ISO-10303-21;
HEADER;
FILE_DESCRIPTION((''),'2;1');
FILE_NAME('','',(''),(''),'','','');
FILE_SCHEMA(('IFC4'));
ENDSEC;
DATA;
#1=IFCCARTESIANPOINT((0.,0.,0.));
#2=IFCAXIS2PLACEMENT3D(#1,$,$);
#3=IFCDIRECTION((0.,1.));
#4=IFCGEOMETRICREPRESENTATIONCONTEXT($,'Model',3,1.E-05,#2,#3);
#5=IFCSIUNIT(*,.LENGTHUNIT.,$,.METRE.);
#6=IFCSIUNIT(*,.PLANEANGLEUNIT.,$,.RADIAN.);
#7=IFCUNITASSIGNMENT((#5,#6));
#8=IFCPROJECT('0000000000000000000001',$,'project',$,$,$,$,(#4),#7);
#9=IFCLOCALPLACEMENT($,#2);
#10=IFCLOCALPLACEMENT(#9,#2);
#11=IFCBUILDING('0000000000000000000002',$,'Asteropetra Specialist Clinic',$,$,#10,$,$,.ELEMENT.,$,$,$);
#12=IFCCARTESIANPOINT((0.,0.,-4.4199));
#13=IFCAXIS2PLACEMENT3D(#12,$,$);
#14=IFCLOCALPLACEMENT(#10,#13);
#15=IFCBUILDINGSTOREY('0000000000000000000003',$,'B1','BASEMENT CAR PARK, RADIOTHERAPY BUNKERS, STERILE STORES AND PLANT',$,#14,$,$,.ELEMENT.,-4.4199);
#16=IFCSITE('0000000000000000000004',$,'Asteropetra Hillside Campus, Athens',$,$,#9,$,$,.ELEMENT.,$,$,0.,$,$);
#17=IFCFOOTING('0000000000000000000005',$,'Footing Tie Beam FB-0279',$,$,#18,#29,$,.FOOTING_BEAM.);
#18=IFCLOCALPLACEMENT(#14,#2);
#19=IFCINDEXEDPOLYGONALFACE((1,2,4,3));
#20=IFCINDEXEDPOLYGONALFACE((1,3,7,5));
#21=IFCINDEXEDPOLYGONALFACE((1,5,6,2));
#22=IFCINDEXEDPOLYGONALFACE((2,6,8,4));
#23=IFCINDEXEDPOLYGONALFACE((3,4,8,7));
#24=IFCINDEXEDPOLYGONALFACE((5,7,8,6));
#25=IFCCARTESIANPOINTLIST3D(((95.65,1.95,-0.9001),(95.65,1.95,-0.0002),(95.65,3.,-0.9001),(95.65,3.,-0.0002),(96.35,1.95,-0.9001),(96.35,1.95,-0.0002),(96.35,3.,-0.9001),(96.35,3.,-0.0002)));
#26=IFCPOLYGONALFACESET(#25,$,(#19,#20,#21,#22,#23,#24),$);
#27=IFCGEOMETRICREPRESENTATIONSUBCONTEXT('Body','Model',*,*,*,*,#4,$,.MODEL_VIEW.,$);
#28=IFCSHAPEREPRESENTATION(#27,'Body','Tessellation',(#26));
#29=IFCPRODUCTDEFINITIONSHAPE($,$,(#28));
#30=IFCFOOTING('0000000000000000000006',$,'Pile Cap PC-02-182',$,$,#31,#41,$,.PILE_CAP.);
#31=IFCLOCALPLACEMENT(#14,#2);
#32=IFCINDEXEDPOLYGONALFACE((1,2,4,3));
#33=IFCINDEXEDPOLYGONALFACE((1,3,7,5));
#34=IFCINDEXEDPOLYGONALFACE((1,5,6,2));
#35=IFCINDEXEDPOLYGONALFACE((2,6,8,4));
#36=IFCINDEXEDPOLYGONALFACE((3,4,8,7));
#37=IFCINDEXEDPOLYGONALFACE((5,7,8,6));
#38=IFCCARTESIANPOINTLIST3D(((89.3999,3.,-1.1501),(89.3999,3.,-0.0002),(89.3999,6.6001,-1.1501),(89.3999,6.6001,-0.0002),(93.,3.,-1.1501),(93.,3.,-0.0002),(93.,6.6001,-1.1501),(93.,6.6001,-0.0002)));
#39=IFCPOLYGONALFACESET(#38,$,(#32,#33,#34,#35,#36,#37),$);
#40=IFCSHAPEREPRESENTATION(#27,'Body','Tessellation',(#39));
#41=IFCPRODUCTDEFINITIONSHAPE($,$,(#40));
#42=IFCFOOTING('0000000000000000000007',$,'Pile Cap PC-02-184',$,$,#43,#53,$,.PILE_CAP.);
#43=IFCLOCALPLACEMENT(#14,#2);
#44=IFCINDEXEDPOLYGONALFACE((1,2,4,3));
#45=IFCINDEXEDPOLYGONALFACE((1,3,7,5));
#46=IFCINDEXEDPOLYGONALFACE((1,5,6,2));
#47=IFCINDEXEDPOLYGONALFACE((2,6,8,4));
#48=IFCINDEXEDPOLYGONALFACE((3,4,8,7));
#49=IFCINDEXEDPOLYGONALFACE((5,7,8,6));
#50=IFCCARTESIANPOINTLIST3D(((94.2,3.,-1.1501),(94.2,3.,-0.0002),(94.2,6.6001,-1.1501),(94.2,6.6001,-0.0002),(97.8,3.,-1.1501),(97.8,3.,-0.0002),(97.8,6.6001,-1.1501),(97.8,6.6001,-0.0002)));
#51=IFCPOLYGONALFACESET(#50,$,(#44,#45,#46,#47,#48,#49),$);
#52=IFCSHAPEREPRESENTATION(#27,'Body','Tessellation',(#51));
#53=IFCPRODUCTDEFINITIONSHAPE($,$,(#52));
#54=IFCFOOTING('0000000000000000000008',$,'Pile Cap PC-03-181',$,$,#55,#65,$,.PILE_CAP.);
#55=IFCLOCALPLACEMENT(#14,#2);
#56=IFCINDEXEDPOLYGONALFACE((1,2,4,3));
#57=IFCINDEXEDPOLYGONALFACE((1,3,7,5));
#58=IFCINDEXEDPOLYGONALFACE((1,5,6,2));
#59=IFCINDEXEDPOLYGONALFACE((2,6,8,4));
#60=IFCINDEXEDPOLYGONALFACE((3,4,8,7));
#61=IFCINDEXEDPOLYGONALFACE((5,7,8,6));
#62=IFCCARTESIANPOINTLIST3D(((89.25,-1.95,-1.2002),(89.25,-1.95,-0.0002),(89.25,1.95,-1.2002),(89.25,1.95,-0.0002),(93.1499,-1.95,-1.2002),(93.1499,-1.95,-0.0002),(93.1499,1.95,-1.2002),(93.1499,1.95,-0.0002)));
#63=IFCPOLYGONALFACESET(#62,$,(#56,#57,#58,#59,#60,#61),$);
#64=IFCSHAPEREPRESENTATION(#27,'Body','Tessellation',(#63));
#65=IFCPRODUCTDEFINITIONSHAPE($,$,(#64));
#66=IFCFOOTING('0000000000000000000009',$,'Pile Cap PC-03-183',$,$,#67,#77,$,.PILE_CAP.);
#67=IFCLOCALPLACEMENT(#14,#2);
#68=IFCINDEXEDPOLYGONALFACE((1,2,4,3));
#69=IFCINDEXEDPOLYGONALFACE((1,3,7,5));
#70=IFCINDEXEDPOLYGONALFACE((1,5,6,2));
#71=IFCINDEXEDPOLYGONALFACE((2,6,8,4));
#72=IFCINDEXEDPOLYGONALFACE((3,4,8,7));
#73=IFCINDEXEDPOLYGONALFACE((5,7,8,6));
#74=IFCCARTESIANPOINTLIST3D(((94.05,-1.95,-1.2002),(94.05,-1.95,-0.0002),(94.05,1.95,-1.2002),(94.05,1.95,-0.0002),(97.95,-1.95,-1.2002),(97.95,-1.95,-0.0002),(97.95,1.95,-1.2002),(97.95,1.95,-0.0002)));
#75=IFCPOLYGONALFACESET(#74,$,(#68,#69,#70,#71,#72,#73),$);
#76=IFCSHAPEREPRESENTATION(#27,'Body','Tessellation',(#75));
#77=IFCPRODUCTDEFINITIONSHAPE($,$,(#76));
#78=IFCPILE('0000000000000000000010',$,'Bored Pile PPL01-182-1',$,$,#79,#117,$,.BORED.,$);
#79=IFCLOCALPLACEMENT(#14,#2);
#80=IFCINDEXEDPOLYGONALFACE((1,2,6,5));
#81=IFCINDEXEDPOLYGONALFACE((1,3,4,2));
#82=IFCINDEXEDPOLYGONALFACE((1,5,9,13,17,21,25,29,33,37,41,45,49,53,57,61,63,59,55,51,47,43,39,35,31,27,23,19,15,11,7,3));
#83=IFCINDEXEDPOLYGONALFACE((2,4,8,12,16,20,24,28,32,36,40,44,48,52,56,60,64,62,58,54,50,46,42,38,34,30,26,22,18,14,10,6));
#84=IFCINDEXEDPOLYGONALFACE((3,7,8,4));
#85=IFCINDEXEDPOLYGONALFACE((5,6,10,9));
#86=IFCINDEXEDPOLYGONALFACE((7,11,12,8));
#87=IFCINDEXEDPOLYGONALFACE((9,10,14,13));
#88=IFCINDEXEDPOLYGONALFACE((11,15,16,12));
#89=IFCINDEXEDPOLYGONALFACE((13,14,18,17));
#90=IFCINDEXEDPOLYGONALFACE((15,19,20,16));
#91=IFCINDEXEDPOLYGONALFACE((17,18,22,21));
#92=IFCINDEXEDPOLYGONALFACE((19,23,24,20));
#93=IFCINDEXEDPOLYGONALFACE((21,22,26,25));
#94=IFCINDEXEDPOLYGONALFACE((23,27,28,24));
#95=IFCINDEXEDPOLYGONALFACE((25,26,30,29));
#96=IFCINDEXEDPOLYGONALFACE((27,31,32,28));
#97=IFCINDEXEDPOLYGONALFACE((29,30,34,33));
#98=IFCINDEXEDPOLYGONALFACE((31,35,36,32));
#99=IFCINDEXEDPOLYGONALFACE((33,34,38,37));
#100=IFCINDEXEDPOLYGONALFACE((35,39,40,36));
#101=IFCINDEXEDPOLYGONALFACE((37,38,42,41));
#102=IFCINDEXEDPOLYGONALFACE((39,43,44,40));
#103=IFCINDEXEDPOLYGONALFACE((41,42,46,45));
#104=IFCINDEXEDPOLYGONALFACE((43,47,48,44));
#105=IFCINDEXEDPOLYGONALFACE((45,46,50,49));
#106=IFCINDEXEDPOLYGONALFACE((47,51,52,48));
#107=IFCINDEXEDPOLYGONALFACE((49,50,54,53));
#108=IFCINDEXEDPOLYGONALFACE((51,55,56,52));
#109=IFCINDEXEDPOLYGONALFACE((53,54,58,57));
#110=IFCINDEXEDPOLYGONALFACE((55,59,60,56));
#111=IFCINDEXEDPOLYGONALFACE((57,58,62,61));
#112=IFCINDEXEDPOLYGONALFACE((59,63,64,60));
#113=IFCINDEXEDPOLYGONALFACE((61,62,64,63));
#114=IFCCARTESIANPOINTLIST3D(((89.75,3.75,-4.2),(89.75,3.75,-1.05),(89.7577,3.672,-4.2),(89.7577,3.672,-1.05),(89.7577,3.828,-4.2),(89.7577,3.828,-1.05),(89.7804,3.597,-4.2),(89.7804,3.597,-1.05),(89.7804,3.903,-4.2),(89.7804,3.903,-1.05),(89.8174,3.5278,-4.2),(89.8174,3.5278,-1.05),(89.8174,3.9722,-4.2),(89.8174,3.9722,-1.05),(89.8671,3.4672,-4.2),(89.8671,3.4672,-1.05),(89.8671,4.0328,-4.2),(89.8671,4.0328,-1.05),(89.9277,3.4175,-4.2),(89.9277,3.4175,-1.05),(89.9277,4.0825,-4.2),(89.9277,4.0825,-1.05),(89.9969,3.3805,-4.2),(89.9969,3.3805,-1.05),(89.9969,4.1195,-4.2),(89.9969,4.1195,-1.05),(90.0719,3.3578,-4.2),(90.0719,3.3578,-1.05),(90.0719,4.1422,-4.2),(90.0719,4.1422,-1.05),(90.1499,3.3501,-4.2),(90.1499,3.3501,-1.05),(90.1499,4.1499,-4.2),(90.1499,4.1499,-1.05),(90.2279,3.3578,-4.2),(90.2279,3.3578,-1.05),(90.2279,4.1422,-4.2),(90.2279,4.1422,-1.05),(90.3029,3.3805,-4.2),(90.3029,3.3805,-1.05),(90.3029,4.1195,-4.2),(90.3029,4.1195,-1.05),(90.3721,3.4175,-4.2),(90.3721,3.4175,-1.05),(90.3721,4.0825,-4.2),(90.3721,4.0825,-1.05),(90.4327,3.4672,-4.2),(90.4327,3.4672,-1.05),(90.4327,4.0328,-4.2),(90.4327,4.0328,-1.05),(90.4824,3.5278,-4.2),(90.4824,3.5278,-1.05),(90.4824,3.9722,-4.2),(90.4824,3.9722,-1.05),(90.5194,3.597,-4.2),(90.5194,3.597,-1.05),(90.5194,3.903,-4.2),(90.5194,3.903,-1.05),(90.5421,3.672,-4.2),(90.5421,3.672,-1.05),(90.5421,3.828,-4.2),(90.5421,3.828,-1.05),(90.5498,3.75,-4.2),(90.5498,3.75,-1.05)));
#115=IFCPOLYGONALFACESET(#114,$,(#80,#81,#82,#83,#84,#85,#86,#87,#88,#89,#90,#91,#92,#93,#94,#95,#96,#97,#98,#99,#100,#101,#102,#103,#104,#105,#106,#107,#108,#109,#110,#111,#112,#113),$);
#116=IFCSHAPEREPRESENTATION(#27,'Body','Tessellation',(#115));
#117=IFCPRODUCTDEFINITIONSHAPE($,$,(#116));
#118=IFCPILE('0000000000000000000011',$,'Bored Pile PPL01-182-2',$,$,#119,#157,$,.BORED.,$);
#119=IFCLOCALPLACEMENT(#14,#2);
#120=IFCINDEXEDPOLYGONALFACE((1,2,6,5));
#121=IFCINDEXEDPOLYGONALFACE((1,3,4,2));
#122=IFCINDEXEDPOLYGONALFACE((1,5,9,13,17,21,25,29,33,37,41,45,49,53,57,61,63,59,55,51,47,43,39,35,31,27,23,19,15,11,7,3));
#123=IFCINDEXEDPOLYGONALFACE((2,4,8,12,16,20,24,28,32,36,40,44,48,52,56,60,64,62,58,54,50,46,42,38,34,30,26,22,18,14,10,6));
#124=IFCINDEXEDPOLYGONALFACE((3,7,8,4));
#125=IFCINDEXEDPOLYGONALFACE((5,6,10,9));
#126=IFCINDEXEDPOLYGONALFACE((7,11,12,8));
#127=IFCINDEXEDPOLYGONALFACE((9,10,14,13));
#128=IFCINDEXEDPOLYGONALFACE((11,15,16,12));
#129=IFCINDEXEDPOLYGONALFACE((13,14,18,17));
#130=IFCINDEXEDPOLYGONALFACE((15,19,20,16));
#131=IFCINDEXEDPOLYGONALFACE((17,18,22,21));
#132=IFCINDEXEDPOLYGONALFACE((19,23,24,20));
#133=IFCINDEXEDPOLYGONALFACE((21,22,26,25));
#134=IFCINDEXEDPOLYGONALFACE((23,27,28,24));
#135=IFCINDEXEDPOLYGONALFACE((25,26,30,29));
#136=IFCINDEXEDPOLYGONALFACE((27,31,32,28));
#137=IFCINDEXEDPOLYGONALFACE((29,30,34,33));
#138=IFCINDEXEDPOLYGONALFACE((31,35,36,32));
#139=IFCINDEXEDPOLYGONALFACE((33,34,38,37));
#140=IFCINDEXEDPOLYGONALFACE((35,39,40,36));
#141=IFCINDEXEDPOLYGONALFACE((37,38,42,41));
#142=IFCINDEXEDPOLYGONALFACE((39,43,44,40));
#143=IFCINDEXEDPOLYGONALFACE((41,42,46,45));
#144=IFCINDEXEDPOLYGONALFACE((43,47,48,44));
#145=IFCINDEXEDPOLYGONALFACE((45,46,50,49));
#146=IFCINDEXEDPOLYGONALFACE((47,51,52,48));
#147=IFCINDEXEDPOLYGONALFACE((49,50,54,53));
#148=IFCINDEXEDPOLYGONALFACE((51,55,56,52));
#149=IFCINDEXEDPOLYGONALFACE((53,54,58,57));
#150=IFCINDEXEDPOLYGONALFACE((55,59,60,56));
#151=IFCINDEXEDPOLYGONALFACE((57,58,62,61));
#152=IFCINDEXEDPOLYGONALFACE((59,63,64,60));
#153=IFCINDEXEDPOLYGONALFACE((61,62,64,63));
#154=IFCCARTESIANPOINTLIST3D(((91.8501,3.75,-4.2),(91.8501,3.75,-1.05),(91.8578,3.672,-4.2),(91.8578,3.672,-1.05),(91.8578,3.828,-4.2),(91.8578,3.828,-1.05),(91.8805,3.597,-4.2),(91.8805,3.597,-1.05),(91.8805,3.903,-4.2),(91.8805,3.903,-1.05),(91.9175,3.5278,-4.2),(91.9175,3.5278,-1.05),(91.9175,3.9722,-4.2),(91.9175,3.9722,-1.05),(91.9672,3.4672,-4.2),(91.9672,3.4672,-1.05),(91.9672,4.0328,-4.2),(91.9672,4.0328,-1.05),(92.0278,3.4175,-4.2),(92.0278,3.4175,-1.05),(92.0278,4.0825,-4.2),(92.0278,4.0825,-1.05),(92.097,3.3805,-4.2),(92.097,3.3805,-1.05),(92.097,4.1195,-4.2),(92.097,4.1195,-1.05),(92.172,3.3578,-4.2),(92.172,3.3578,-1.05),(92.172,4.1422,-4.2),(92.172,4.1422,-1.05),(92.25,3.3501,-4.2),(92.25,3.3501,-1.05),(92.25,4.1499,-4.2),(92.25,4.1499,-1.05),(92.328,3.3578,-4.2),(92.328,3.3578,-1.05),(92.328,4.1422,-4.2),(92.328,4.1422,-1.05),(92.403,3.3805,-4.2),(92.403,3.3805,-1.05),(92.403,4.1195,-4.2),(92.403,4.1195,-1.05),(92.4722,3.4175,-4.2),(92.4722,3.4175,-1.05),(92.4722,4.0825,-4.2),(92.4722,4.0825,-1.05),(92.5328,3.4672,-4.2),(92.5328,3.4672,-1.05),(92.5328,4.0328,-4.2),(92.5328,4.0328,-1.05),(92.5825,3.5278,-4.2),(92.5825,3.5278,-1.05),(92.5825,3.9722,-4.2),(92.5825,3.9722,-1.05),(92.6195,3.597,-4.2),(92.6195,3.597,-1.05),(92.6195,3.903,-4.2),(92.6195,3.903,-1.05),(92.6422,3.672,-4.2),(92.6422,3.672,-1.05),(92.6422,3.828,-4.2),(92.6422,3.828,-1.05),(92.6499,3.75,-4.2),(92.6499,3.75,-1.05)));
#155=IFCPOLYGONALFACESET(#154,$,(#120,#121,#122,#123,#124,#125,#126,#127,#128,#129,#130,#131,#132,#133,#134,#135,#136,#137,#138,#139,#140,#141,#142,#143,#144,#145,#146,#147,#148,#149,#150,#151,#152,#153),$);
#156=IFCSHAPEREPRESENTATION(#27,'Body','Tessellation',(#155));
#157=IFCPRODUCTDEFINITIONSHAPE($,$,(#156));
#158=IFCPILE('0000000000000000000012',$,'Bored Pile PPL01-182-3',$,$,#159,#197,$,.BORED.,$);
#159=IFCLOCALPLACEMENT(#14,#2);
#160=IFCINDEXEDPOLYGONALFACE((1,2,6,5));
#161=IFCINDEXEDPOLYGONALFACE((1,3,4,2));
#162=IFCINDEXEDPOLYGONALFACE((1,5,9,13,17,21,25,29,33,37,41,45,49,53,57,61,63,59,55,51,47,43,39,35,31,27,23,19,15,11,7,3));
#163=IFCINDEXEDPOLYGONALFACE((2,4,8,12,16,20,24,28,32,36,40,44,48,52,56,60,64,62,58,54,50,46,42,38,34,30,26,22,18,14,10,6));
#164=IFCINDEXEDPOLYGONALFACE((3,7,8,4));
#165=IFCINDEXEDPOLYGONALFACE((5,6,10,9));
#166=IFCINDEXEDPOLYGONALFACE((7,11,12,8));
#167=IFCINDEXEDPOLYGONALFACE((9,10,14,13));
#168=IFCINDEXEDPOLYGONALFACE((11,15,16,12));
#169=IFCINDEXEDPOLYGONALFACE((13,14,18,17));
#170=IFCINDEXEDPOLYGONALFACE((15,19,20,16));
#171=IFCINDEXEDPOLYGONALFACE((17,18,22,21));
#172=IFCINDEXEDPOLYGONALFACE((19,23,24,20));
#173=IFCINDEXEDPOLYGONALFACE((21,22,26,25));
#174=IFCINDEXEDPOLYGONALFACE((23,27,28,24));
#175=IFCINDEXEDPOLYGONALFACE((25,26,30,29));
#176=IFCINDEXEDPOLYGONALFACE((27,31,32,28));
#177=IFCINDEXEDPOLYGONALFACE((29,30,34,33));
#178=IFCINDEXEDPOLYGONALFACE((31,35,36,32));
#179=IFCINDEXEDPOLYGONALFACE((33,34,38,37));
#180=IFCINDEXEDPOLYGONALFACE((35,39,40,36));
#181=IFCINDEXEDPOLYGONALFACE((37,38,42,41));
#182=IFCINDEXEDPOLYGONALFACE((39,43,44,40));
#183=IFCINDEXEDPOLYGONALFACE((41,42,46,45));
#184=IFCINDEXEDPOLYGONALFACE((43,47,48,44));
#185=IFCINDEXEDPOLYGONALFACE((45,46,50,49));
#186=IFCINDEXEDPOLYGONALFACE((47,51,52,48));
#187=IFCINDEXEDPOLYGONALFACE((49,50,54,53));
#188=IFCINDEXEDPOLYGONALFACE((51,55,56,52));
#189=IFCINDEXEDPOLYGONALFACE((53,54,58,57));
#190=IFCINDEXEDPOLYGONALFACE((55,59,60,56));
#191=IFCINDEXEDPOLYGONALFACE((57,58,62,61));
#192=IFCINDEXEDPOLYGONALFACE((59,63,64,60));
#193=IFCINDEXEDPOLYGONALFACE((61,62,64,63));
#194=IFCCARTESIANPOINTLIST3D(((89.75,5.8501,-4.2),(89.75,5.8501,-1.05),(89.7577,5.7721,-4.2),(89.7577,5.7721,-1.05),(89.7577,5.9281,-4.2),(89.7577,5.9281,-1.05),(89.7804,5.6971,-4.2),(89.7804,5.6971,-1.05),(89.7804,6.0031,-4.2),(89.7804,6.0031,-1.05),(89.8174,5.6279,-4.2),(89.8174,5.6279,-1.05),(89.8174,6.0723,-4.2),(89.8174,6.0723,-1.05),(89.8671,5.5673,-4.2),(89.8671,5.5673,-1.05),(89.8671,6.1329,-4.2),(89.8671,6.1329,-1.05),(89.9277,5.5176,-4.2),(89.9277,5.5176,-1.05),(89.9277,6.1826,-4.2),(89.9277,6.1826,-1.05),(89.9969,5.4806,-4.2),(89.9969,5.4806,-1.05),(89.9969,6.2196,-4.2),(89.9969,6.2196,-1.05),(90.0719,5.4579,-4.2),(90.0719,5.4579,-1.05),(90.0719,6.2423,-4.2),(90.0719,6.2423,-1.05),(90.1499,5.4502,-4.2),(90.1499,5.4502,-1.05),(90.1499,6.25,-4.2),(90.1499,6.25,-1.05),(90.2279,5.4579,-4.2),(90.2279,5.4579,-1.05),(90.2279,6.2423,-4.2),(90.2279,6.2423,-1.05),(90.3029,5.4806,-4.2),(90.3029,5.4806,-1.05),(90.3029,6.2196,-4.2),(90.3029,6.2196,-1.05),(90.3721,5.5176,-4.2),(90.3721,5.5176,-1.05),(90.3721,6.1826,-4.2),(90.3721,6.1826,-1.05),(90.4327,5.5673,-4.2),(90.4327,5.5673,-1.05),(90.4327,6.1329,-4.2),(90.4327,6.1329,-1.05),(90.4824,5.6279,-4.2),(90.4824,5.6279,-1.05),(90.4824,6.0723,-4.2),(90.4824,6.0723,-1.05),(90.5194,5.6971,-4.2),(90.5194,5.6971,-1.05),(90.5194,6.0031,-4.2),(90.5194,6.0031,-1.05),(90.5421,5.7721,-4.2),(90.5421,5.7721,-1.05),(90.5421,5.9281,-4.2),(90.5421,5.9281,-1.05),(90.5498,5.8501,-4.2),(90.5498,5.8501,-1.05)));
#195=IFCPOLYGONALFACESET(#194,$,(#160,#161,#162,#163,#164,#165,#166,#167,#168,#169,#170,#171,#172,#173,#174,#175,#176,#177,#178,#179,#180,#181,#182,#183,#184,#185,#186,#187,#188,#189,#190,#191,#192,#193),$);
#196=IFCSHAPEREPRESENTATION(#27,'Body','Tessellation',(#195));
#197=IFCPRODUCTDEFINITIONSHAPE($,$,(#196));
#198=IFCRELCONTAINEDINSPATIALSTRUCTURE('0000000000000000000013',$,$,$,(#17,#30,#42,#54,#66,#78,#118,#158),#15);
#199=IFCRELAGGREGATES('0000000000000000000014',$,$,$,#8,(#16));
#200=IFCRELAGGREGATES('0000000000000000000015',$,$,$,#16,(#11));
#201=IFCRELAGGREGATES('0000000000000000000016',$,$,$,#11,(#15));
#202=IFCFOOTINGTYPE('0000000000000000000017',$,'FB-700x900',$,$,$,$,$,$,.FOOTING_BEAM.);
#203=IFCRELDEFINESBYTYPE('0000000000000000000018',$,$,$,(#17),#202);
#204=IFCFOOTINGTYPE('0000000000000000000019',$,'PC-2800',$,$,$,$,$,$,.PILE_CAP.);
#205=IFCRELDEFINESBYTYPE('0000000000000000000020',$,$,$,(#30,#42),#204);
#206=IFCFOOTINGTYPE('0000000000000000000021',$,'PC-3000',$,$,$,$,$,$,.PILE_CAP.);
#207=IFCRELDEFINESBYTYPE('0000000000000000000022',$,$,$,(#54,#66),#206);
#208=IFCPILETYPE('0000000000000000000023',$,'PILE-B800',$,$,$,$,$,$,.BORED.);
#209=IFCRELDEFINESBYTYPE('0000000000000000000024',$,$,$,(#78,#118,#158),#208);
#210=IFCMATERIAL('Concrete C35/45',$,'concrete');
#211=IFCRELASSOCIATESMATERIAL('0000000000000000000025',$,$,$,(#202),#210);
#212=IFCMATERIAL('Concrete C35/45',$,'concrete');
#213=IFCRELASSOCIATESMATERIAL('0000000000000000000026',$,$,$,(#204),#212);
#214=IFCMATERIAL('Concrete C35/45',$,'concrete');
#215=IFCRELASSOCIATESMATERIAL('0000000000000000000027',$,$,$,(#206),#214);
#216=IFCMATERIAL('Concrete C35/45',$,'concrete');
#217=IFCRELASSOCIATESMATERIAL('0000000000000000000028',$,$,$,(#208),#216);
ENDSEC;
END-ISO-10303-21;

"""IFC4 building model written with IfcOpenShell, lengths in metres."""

from ifc_helpers import new_model, si_unit, direction, frame, origin, origin_2d, place, context, subcontext, project, spatial, rectangle, circle, extrude, material, material_profile, profile_set, type_object, element, save


model = new_model("IFC4")

# Units and contexts
model_context = context("Model", 3, precision=1e-05, world=origin(), true_north=direction((0.0, 1.0)))
body_context = subcontext(model_context, "Body", "Model", "MODEL_VIEW")
ifc_project = project(units=[si_unit("LENGTHUNIT", "METRE"), si_unit("PLANEANGLEUNIT", "RADIAN")], contexts=[model_context])

# Site, building, storey
site_placement = place(None, origin())
site = spatial("IfcSite", under=ifc_project, at=site_placement, Name="Asteropetra Hillside Campus, Athens", CompositionType="ELEMENT", RefElevation=0.0)
building_placement = place(site_placement, origin())
building = spatial("IfcBuilding", under=site, at=building_placement, Name="Asteropetra Specialist Clinic", CompositionType="ELEMENT")
storey_placement = place(building_placement, frame((0.0, 0.0, -4.4199)))
storey = spatial("IfcBuildingStorey", under=building, at=storey_placement, Name="B1", Description="BASEMENT CAR PARK, RADIOTHERAPY BUNKERS, STERILE STORES AND PLANT", CompositionType="ELEMENT", Elevation=-4.4199)

# Footings
ifc_material_1 = material(Name="Concrete C35/45", Category="concrete")
ifc_material_profile_1 = material_profile(ifc_material_1, rectangle(XDim=0.7, YDim=0.8999, at=origin_2d()), Name="FB 700x900")
ifc_profile_set_1 = profile_set([ifc_material_profile_1], Name="Concrete C35/45")
footing_type_1 = type_object("IfcFootingType", Name="FB-700x900", PredefinedType="FOOTING_BEAM", material=ifc_profile_set_1)
footing_placement = place(storey_placement, frame((96.0, 1.95, -0.4502), z_axis=(0.0, 1.0, 0.0), x_axis=(-1.0, 0.0, 0.0)))
element("IfcFooting", 1, at=footing_placement, inside=storey, type_object=footing_type_1, Name="Footing Tie Beam FB-0279", PredefinedType="FOOTING_BEAM", context=body_context, shape_type="SweptSolid", body=[
    extrude(rectangle(XDim=0.7, YDim=0.8999, at=origin_2d()), origin(), (0.0, 0.0, 1.0), 1.05),
])
ifc_material_2 = material(Name="Concrete C35/45", Category="concrete")
footing_type_2 = type_object("IfcFootingType", Name="PC-2800", PredefinedType="PILE_CAP", material=ifc_material_2)
for number, where, z_axis, x_axis, name in (
    (2, (91.2, 4.8, -1.1501), (0.0, 0.0, 1.0), (1.0, 0.0, 0.0), "Pile Cap PC-02-182"),
    (3, (96.0, 4.8, -1.1501), (0.0, 0.0, 1.0), (1.0, 0.0, 0.0), "Pile Cap PC-02-184"),
):
    element("IfcFooting", number, at=place(storey_placement, frame(where, z_axis=z_axis, x_axis=x_axis)), inside=storey, type_object=footing_type_2, Name=name, PredefinedType="PILE_CAP", context=body_context, shape_type="SweptSolid", body=[
        extrude(rectangle(XDim=3.6001, YDim=3.6001, at=origin_2d()), origin(), (0.0, 0.0, 1.0), 1.1499),
    ])
ifc_material_3 = material(Name="Concrete C35/45", Category="concrete")
footing_type_3 = type_object("IfcFootingType", Name="PC-3000", PredefinedType="PILE_CAP", material=ifc_material_3)
for number, where, z_axis, x_axis, name in (
    (4, (91.2, 0.0, -1.2002), (0.0, 0.0, 1.0), (1.0, 0.0, 0.0), "Pile Cap PC-03-181"),
    (5, (96.0, 0.0, -1.2002), (0.0, 0.0, 1.0), (1.0, 0.0, 0.0), "Pile Cap PC-03-183"),
):
    element("IfcFooting", number, at=place(storey_placement, frame(where, z_axis=z_axis, x_axis=x_axis)), inside=storey, type_object=footing_type_3, Name=name, PredefinedType="PILE_CAP", context=body_context, shape_type="SweptSolid", body=[
        extrude(rectangle(XDim=3.8999, YDim=3.8999, at=origin_2d()), origin(), (0.0, 0.0, 1.0), 1.2),
    ])

# Piles
ifc_material_4 = material(Name="Concrete C35/45", Category="concrete")
ifc_material_profile_2 = material_profile(ifc_material_4, circle(Radius=0.3999, at=origin_2d()), Name="PILE D800")
ifc_profile_set_2 = profile_set([ifc_material_profile_2], Name="Concrete C35/45")
pile_type_1 = type_object("IfcPileType", Name="PILE-B800", PredefinedType="BORED", material=ifc_profile_set_2)
for number, where, z_axis, x_axis, name in (
    (6, (90.1499, 3.75, -1.05), (0.0, 0.0, -1.0), (1.0, 0.0, 0.0), "Bored Pile PPL01-182-1"),
    (7, (92.25, 3.75, -1.05), (0.0, 0.0, -1.0), (1.0, 0.0, 0.0), "Bored Pile PPL01-182-2"),
    (8, (90.1499, 5.8501, -1.05), (0.0, 0.0, -1.0), (1.0, 0.0, 0.0), "Bored Pile PPL01-182-3"),
):
    element("IfcPile", number, at=place(storey_placement, frame(where, z_axis=z_axis, x_axis=x_axis)), inside=storey, type_object=pile_type_1, Name=name, PredefinedType="BORED", context=body_context, shape_type="SweptSolid", body=[
        extrude(circle(Radius=0.3999, at=origin_2d()), origin(), (0.0, 0.0, 1.0), 3.1499),
    ])

save(model, "model.ifc")
